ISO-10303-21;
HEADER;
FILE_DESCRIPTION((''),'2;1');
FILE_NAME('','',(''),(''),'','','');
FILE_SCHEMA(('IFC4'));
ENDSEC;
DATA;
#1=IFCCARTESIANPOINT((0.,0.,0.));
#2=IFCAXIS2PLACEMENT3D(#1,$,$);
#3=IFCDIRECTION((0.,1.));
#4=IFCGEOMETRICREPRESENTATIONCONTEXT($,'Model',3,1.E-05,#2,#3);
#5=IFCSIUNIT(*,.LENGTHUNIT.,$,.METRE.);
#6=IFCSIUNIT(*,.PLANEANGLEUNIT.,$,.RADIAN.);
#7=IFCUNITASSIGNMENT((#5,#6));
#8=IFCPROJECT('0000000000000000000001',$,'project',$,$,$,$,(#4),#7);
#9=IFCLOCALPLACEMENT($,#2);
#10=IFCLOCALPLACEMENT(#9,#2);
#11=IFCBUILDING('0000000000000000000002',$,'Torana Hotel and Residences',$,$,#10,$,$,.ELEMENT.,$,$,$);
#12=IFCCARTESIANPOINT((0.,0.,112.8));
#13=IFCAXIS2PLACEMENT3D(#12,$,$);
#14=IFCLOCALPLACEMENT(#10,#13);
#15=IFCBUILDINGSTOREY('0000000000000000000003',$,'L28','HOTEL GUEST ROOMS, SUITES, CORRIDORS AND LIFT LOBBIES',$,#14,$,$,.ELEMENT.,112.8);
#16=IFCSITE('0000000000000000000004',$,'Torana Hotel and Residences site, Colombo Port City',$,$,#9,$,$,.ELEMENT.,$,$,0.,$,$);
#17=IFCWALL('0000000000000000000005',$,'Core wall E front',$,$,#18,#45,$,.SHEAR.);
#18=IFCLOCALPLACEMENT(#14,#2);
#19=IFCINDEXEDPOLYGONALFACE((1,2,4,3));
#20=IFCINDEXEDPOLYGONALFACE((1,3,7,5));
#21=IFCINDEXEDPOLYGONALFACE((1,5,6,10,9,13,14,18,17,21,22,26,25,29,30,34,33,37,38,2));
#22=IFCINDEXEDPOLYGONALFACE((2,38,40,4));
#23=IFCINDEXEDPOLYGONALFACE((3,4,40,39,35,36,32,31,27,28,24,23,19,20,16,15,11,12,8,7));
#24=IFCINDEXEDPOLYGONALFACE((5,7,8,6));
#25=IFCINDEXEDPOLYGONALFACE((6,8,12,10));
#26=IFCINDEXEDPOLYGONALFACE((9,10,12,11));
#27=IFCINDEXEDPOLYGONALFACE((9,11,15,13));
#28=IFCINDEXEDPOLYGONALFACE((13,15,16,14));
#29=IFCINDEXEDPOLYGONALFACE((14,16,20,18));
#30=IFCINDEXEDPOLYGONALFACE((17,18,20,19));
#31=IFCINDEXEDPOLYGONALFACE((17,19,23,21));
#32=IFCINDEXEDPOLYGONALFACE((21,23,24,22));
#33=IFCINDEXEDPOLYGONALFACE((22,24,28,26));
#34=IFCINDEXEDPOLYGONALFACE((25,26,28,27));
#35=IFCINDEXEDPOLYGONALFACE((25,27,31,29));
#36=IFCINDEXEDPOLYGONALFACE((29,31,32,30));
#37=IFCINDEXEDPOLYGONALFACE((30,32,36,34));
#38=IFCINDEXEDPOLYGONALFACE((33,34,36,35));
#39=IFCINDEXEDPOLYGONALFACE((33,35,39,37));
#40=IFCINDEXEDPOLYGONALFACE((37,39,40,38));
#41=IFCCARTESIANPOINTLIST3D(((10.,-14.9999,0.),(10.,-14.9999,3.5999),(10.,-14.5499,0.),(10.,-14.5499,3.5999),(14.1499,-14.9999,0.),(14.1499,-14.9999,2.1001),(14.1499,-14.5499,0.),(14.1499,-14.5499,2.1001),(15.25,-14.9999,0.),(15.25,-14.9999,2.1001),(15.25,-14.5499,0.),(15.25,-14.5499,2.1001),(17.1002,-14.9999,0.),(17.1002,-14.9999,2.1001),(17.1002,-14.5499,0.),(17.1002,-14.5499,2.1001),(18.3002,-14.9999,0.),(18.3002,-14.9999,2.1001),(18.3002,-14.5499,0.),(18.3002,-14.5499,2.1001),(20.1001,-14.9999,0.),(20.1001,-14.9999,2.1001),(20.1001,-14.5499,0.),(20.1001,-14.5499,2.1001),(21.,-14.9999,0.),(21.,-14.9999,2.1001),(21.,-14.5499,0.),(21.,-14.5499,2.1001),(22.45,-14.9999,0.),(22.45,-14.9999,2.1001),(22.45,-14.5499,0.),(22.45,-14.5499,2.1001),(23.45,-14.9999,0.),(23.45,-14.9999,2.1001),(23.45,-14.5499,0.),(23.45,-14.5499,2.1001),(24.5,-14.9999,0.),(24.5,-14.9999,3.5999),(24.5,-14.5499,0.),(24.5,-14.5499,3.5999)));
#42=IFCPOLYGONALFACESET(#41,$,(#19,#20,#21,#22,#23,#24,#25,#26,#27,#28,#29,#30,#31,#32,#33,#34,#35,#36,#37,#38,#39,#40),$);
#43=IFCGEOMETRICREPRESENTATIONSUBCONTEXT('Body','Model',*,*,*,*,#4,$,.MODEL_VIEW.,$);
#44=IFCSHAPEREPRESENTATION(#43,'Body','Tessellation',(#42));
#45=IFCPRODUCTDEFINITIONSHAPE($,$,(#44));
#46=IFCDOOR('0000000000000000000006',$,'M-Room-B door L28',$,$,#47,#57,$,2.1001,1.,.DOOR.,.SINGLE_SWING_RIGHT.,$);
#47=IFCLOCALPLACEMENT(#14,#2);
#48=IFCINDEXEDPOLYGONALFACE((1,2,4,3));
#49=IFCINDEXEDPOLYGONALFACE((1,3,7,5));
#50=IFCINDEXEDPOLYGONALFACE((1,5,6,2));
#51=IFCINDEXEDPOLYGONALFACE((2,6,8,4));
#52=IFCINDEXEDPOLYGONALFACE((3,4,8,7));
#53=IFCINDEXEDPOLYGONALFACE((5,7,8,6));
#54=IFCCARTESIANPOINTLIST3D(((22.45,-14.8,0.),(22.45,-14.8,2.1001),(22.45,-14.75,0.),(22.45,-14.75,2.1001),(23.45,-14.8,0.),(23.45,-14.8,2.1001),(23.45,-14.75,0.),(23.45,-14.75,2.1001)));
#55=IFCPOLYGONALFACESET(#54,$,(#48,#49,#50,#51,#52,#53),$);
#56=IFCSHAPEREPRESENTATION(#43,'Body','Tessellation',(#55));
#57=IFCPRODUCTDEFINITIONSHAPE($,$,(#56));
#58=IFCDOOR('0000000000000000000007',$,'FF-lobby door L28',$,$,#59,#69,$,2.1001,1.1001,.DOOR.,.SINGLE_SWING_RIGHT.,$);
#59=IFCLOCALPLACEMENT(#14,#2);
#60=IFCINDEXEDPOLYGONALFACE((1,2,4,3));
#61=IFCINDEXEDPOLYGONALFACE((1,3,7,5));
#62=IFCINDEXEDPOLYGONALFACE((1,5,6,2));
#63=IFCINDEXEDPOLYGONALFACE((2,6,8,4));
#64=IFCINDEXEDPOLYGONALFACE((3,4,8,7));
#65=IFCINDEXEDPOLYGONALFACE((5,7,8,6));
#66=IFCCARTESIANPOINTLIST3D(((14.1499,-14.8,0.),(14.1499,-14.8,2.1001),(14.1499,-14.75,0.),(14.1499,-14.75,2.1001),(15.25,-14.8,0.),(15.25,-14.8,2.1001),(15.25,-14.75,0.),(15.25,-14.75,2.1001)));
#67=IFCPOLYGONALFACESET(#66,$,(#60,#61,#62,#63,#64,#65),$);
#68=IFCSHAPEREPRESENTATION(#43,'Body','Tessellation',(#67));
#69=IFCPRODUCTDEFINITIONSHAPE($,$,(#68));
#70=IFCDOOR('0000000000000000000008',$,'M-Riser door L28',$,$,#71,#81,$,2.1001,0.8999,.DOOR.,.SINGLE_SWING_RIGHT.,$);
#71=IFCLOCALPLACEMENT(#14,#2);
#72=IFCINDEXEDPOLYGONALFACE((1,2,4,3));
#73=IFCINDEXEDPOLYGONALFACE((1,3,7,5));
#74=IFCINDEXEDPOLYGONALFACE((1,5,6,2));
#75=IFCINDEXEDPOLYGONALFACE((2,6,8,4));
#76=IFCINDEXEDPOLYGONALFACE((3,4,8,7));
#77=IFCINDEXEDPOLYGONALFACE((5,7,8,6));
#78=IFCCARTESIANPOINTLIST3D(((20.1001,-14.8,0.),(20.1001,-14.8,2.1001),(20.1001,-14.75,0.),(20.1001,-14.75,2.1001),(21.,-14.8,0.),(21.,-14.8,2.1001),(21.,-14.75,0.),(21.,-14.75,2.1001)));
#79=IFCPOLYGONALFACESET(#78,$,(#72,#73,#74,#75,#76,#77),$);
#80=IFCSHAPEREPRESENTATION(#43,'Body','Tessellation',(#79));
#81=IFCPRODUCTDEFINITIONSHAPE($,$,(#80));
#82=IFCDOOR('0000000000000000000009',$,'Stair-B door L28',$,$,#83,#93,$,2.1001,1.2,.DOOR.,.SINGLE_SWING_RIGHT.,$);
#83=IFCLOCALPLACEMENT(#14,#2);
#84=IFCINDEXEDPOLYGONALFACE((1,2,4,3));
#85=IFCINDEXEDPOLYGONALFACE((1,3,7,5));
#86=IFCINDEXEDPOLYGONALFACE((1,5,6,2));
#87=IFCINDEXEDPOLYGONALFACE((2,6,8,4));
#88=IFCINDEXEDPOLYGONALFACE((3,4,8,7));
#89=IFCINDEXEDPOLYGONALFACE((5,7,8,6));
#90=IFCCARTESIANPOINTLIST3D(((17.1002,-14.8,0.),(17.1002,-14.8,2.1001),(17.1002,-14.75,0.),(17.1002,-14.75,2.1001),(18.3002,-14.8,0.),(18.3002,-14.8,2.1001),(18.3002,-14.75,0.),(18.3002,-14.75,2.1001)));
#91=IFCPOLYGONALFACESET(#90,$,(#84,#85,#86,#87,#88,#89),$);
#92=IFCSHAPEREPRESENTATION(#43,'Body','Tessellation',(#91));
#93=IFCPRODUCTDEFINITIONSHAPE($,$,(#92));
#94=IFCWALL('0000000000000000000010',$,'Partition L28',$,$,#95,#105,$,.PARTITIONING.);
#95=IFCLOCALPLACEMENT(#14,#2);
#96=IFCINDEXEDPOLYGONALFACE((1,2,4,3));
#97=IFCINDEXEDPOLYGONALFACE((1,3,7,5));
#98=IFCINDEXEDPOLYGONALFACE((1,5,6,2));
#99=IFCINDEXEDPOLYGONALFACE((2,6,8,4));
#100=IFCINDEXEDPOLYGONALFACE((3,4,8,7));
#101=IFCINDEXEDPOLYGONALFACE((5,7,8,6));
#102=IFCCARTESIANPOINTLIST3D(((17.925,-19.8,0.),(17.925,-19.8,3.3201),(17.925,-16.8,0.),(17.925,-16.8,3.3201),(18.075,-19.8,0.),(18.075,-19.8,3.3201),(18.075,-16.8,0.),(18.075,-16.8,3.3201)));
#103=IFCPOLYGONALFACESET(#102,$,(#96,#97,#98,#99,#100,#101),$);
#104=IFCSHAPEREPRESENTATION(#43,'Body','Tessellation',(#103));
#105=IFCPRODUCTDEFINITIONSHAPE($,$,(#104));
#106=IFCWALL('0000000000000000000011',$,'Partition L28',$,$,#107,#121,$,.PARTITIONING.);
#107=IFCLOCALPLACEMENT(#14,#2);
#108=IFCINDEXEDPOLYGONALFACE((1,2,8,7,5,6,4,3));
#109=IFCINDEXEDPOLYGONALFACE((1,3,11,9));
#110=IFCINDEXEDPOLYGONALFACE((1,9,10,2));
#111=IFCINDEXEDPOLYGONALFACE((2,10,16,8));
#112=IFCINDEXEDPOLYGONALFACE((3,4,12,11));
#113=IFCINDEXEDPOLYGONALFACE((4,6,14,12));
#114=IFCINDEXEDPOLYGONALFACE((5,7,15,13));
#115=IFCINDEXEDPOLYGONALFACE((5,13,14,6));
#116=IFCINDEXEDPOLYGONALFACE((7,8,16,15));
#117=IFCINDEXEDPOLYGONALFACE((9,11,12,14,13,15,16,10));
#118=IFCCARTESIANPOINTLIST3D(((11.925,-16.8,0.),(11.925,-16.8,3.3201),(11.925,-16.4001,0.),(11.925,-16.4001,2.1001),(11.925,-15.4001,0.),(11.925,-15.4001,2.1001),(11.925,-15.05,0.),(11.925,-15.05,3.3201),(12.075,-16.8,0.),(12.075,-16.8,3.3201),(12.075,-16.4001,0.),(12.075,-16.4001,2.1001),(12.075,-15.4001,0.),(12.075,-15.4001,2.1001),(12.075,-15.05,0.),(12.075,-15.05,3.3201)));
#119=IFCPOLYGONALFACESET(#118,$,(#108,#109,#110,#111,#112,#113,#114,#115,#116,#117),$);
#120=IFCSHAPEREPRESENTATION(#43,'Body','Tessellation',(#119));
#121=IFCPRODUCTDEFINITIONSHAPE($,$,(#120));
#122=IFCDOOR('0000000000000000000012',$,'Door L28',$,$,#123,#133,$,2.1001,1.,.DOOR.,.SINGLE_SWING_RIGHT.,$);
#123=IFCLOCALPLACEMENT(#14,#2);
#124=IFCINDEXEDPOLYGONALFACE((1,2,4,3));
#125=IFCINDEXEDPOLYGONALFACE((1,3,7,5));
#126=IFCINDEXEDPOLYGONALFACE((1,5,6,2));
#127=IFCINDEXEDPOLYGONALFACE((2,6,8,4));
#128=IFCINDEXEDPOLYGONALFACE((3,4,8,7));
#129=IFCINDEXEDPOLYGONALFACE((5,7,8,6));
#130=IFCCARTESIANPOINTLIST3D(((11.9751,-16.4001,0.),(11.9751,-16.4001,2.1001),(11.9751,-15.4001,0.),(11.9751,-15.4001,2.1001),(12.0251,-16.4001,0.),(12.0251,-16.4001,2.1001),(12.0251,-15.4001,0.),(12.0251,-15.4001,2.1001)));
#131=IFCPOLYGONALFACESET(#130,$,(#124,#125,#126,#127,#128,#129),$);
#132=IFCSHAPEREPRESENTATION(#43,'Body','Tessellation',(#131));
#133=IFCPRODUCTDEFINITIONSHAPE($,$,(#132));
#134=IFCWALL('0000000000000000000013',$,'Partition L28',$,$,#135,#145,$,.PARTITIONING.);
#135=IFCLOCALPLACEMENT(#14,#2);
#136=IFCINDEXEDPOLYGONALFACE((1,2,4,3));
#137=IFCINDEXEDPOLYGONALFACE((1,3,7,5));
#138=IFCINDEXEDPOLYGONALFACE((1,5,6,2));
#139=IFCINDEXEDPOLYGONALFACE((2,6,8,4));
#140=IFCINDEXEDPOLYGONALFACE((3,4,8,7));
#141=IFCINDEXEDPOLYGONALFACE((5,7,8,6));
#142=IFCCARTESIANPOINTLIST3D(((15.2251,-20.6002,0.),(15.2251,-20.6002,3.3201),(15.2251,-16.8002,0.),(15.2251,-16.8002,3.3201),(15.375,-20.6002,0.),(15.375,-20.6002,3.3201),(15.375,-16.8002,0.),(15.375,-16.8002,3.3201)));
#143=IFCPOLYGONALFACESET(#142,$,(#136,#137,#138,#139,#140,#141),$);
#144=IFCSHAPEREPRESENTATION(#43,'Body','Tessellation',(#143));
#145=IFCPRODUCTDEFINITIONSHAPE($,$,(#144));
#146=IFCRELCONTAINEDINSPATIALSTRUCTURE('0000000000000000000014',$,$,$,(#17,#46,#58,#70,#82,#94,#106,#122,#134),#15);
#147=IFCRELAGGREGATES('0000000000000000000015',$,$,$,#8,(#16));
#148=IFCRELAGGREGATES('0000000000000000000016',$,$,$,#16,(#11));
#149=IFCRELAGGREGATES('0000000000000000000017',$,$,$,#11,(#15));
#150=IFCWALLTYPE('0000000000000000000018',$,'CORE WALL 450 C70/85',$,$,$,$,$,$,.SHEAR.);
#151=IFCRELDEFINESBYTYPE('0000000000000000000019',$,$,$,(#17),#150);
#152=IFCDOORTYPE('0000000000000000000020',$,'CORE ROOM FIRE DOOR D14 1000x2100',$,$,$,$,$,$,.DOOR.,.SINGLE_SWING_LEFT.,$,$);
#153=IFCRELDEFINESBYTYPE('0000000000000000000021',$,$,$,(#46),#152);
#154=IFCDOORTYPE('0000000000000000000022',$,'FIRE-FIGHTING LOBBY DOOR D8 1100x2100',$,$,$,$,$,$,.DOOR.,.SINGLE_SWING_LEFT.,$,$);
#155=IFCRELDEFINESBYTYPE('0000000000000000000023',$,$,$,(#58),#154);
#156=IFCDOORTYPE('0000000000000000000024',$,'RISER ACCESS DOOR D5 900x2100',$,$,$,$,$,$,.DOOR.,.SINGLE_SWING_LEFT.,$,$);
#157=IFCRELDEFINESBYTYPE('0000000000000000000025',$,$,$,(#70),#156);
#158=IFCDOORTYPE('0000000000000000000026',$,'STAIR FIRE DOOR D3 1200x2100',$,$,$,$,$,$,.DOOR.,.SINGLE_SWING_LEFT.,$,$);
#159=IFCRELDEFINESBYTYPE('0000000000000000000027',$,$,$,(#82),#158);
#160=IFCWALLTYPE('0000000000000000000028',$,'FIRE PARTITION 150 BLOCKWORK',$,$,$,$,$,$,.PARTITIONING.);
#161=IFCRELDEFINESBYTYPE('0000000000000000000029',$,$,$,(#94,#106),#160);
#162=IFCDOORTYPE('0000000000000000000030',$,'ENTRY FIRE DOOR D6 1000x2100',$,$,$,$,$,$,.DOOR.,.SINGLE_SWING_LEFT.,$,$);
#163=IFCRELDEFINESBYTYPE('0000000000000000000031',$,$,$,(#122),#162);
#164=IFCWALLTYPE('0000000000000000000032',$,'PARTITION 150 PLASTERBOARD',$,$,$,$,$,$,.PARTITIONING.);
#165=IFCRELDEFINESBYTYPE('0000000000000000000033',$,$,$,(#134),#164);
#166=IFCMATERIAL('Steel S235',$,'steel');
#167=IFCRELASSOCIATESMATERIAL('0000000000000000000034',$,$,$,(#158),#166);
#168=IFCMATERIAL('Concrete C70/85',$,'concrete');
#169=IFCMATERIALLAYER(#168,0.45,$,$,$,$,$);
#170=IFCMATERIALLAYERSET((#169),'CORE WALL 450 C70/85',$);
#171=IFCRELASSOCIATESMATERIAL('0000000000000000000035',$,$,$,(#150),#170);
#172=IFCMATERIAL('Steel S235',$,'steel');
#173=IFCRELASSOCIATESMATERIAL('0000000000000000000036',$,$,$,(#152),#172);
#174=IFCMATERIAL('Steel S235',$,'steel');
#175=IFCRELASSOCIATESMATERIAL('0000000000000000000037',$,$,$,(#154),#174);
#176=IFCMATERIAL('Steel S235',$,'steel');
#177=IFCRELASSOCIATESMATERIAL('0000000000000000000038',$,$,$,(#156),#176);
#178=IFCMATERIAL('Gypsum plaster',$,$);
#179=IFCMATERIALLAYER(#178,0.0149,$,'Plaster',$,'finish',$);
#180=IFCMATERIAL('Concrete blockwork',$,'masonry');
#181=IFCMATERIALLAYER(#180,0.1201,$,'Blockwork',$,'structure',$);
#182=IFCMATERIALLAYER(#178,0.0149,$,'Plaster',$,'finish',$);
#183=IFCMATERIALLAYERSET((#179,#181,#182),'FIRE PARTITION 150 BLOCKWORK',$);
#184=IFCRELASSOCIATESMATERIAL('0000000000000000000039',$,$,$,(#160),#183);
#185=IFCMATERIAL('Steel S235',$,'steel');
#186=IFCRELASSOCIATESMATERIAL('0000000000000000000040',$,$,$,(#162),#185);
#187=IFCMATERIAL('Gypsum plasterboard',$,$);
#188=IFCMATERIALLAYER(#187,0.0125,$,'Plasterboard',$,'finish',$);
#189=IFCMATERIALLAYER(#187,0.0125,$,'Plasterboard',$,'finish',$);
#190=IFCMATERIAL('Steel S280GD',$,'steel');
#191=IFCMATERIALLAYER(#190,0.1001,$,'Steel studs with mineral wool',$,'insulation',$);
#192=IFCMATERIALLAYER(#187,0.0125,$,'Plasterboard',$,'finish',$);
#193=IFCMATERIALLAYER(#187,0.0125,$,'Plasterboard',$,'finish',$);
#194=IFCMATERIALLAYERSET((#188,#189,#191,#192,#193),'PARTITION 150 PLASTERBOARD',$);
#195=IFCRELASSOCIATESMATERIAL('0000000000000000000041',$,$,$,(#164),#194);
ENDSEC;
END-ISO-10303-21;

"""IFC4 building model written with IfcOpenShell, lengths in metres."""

from ifc_helpers import new_model, si_unit, direction, frame, frame_2d, origin, place, context, subcontext, project, spatial, rectangle, extrude, material, layer, layer_set, type_object, element, fill, save


model = new_model("IFC4")

# Units and contexts
model_context = context("Model", 3, precision=1e-05, world=origin(), true_north=direction((0.0, 1.0)))
body_context = subcontext(model_context, "Body", "Model", "MODEL_VIEW")
ifc_project = project(units=[si_unit("LENGTHUNIT", "METRE"), si_unit("PLANEANGLEUNIT", "RADIAN")], contexts=[model_context])

# Site, building, storey
site_placement = place(None, origin())
site = spatial("IfcSite", under=ifc_project, at=site_placement, Name="Torana Hotel and Residences site, Colombo Port City", CompositionType="ELEMENT", RefElevation=0.0)
building_placement = place(site_placement, origin())
building = spatial("IfcBuilding", under=site, at=building_placement, Name="Torana Hotel and Residences", CompositionType="ELEMENT")
storey_placement = place(building_placement, frame((0.0, 0.0, 112.8)))
storey = spatial("IfcBuildingStorey", under=building, at=storey_placement, Name="L28", Description="HOTEL GUEST ROOMS, SUITES, CORRIDORS AND LIFT LOBBIES", CompositionType="ELEMENT", Elevation=112.8)

# Shared definitions
ifc_material_1 = material(Name="Steel S235", Category="steel")
door_type_1 = type_object("IfcDoorType", Name="STAIR FIRE DOOR D3 1200x2100", OperationType="SINGLE_SWING_LEFT", PredefinedType="DOOR", material=ifc_material_1)

# Wall, openings, doors
ifc_material_2 = material(Name="Concrete C70/85", Category="concrete")
ifc_layer_1 = layer(ifc_material_2, 0.45)
ifc_layer_set_1 = layer_set([ifc_layer_1], Name="CORE WALL 450 C70/85")
wall_type_1 = type_object("IfcWallType", Name="CORE WALL 450 C70/85", PredefinedType="SHEAR", material=ifc_layer_set_1)
wall_1_placement = place(storey_placement, frame((10.0, -14.7749, 0.0), z_axis=(0.0, 0.0, 1.0), x_axis=(1.0, 0.0, 0.0)))
wall_1 = element("IfcWall", 1, at=wall_1_placement, inside=storey, type_object=wall_type_1, Name="Core wall E front", PredefinedType="SHEAR", context=body_context, shape_type="SweptSolid", body=[
    extrude(rectangle(XDim=14.5, YDim=0.45, at=frame_2d((7.25, 0.0))), origin(), (0.0, 0.0, 1.0), 3.5999),
])
opening_1_placement = place(wall_1_placement, frame((7.1001, 0.0, 0.0)))
opening_1 = element("IfcOpeningElement", 2, at=opening_1_placement, cuts=wall_1, PredefinedType="OPENING", context=body_context, shape_type="SweptSolid", body=[
    extrude(rectangle(XDim=1.2, YDim=2.1001, at=frame_2d((0.6001, 1.05))), frame((0.0, 0.2349, 0.0), z_axis=(0.0, -1.0, 0.0), x_axis=(1.0, 0.0, 0.0)), (0.0, 0.0, 1.0), 0.47),
])
opening_2_placement = place(wall_1_placement, frame((4.1499, 0.0, 0.0)))
opening_2 = element("IfcOpeningElement", 3, at=opening_2_placement, cuts=wall_1, PredefinedType="OPENING", context=body_context, shape_type="SweptSolid", body=[
    extrude(rectangle(XDim=1.1001, YDim=2.1001, at=frame_2d((0.55, 1.05))), frame((0.0, 0.2349, 0.0), z_axis=(0.0, -1.0, 0.0), x_axis=(1.0, 0.0, 0.0)), (0.0, 0.0, 1.0), 0.47),
])
opening_3_placement = place(wall_1_placement, frame((10.1001, 0.0, 0.0)))
opening_3 = element("IfcOpeningElement", 4, at=opening_3_placement, cuts=wall_1, PredefinedType="OPENING", context=body_context, shape_type="SweptSolid", body=[
    extrude(rectangle(XDim=0.8999, YDim=2.1001, at=frame_2d((0.45, 1.05))), frame((0.0, 0.2349, 0.0), z_axis=(0.0, -1.0, 0.0), x_axis=(1.0, 0.0, 0.0)), (0.0, 0.0, 1.0), 0.47),
])
opening_4_placement = place(wall_1_placement, frame((12.45, 0.0, 0.0)))
opening_4 = element("IfcOpeningElement", 5, at=opening_4_placement, cuts=wall_1, PredefinedType="OPENING", context=body_context, shape_type="SweptSolid", body=[
    extrude(rectangle(XDim=1.0, YDim=2.1001, at=frame_2d((0.5, 1.05))), frame((0.0, 0.2349, 0.0), z_axis=(0.0, -1.0, 0.0), x_axis=(1.0, 0.0, 0.0)), (0.0, 0.0, 1.0), 0.47),
])
ifc_material_3 = material(Name="Steel S235", Category="steel")
door_type_2 = type_object("IfcDoorType", Name="CORE ROOM FIRE DOOR D14 1000x2100", OperationType="SINGLE_SWING_LEFT", PredefinedType="DOOR", material=ifc_material_3)
door_1_placement = place(opening_4_placement, origin())
door_1 = element("IfcDoor", 6, at=door_1_placement, inside=storey, type_object=door_type_2, Name="M-Room-B door L28", OperationType="SINGLE_SWING_RIGHT", OverallHeight=2.1001, OverallWidth=1.0, PredefinedType="DOOR", context=body_context, shape_type="SweptSolid", body=[
    extrude(rectangle(XDim=1.0, YDim=2.1001, at=frame_2d((0.5, 1.05))), frame((0.0, 0.0249, 0.0), z_axis=(0.0, -1.0, 0.0), x_axis=(1.0, 0.0, 0.0)), (0.0, 0.0, 1.0), 0.05),
])
fill(opening_4, door_1)
ifc_material_4 = material(Name="Steel S235", Category="steel")
door_type_3 = type_object("IfcDoorType", Name="FIRE-FIGHTING LOBBY DOOR D8 1100x2100", OperationType="SINGLE_SWING_LEFT", PredefinedType="DOOR", material=ifc_material_4)
door_2_placement = place(opening_2_placement, origin())
door_2 = element("IfcDoor", 7, at=door_2_placement, inside=storey, type_object=door_type_3, Name="FF-lobby door L28", OperationType="SINGLE_SWING_RIGHT", OverallHeight=2.1001, OverallWidth=1.1001, PredefinedType="DOOR", context=body_context, shape_type="SweptSolid", body=[
    extrude(rectangle(XDim=1.1001, YDim=2.1001, at=frame_2d((0.55, 1.05))), frame((0.0, 0.0249, 0.0), z_axis=(0.0, -1.0, 0.0), x_axis=(1.0, 0.0, 0.0)), (0.0, 0.0, 1.0), 0.05),
])
fill(opening_2, door_2)
ifc_material_5 = material(Name="Steel S235", Category="steel")
door_type_4 = type_object("IfcDoorType", Name="RISER ACCESS DOOR D5 900x2100", OperationType="SINGLE_SWING_LEFT", PredefinedType="DOOR", material=ifc_material_5)
door_3_placement = place(opening_3_placement, origin())
door_3 = element("IfcDoor", 8, at=door_3_placement, inside=storey, type_object=door_type_4, Name="M-Riser door L28", OperationType="SINGLE_SWING_RIGHT", OverallHeight=2.1001, OverallWidth=0.8999, PredefinedType="DOOR", context=body_context, shape_type="SweptSolid", body=[
    extrude(rectangle(XDim=0.8999, YDim=2.1001, at=frame_2d((0.45, 1.05))), frame((0.0, 0.0249, 0.0), z_axis=(0.0, -1.0, 0.0), x_axis=(1.0, 0.0, 0.0)), (0.0, 0.0, 1.0), 0.05),
])
fill(opening_3, door_3)
door_4_placement = place(opening_1_placement, origin())
door_4 = element("IfcDoor", 9, at=door_4_placement, inside=storey, type_object=door_type_1, Name="Stair-B door L28", OperationType="SINGLE_SWING_RIGHT", OverallHeight=2.1001, OverallWidth=1.2, PredefinedType="DOOR", context=body_context, shape_type="SweptSolid", body=[
    extrude(rectangle(XDim=1.2, YDim=2.1001, at=frame_2d((0.6001, 1.05))), frame((0.0, 0.0249, 0.0), z_axis=(0.0, -1.0, 0.0), x_axis=(1.0, 0.0, 0.0)), (0.0, 0.0, 1.0), 0.05),
])
fill(opening_1, door_4)

# Wall
ifc_material_6 = material(Name="Gypsum plaster")
ifc_layer_2 = layer(ifc_material_6, 0.0149, Name="Plaster", Category="finish")
ifc_material_7 = material(Name="Concrete blockwork", Category="masonry")
ifc_layer_3 = layer(ifc_material_7, 0.1201, Name="Blockwork", Category="structure")
ifc_layer_4 = layer(ifc_material_6, 0.0149, Name="Plaster", Category="finish")
ifc_layer_set_2 = layer_set([ifc_layer_2, ifc_layer_3, ifc_layer_4], Name="FIRE PARTITION 150 BLOCKWORK")
wall_type_2 = type_object("IfcWallType", Name="FIRE PARTITION 150 BLOCKWORK", PredefinedType="PARTITIONING", material=ifc_layer_set_2)
wall_2_placement = place(storey_placement, frame((18.0, -19.8, 0.0), z_axis=(0.0, 0.0, 1.0), x_axis=(0.0, 1.0, 0.0)))
element("IfcWall", 10, at=wall_2_placement, inside=storey, type_object=wall_type_2, Name="Partition L28", PredefinedType="PARTITIONING", context=body_context, shape_type="SweptSolid", body=[
    extrude(rectangle(XDim=3.0, YDim=0.1499, at=frame_2d((1.5, 0.0))), origin(), (0.0, 0.0, 1.0), 3.3201),
])

# Wall, opening, door
wall_3_placement = place(storey_placement, frame((12.0, -16.8, 0.0), z_axis=(0.0, 0.0, 1.0), x_axis=(0.0, 1.0, 0.0)))
wall_3 = element("IfcWall", 11, at=wall_3_placement, inside=storey, type_object=wall_type_2, Name="Partition L28", PredefinedType="PARTITIONING", context=body_context, shape_type="SweptSolid", body=[
    extrude(rectangle(XDim=1.75, YDim=0.1499, at=frame_2d((0.875, 0.0))), origin(), (0.0, 0.0, 1.0), 3.3201),
])
opening_5_placement = place(wall_3_placement, frame((0.3999, 0.0, 0.0)))
opening_5 = element("IfcOpeningElement", 12, at=opening_5_placement, cuts=wall_3, PredefinedType="OPENING", context=body_context, shape_type="SweptSolid", body=[
    extrude(rectangle(XDim=1.0, YDim=2.1001, at=frame_2d((0.5, 1.05))), frame((0.0, 0.085, 0.0), z_axis=(0.0, -1.0, 0.0), x_axis=(1.0, 0.0, 0.0)), (0.0, 0.0, 1.0), 0.1699),
])
ifc_material_8 = material(Name="Steel S235", Category="steel")
door_type_5 = type_object("IfcDoorType", Name="ENTRY FIRE DOOR D6 1000x2100", OperationType="SINGLE_SWING_LEFT", PredefinedType="DOOR", material=ifc_material_8)
door_5_placement = place(opening_5_placement, origin())
door_5 = element("IfcDoor", 13, at=door_5_placement, inside=storey, type_object=door_type_5, Name="Door L28", OperationType="SINGLE_SWING_RIGHT", OverallHeight=2.1001, OverallWidth=1.0, PredefinedType="DOOR", context=body_context, shape_type="SweptSolid", body=[
    extrude(rectangle(XDim=1.0, YDim=2.1001, at=frame_2d((0.5, 1.05))), frame((0.0, 0.0249, 0.0), z_axis=(0.0, -1.0, 0.0), x_axis=(1.0, 0.0, 0.0)), (0.0, 0.0, 1.0), 0.05),
])
fill(opening_5, door_5)

# Wall
ifc_material_9 = material(Name="Gypsum plasterboard")
ifc_layer_5 = layer(ifc_material_9, 0.0125, Name="Plasterboard", Category="finish")
ifc_layer_6 = layer(ifc_material_9, 0.0125, Name="Plasterboard", Category="finish")
ifc_material_10 = material(Name="Steel S280GD", Category="steel")
ifc_layer_7 = layer(ifc_material_10, 0.1001, Name="Steel studs with mineral wool", Category="insulation")
ifc_layer_8 = layer(ifc_material_9, 0.0125, Name="Plasterboard", Category="finish")
ifc_layer_9 = layer(ifc_material_9, 0.0125, Name="Plasterboard", Category="finish")
ifc_layer_set_3 = layer_set([ifc_layer_5, ifc_layer_6, ifc_layer_7, ifc_layer_8, ifc_layer_9], Name="PARTITION 150 PLASTERBOARD")
wall_type_3 = type_object("IfcWallType", Name="PARTITION 150 PLASTERBOARD", PredefinedType="PARTITIONING", material=ifc_layer_set_3)
wall_4_placement = place(storey_placement, frame((15.3, -20.6001, 0.0), z_axis=(0.0, 0.0, 1.0), x_axis=(0.0, 1.0, 0.0)))
element("IfcWall", 14, at=wall_4_placement, inside=storey, type_object=wall_type_3, Name="Partition L28", PredefinedType="PARTITIONING", context=body_context, shape_type="SweptSolid", body=[
    extrude(rectangle(XDim=3.8, YDim=0.1499, at=frame_2d((1.8999, 0.0))), origin(), (0.0, 0.0, 1.0), 3.3201),
])

save(model, "model.ifc")
